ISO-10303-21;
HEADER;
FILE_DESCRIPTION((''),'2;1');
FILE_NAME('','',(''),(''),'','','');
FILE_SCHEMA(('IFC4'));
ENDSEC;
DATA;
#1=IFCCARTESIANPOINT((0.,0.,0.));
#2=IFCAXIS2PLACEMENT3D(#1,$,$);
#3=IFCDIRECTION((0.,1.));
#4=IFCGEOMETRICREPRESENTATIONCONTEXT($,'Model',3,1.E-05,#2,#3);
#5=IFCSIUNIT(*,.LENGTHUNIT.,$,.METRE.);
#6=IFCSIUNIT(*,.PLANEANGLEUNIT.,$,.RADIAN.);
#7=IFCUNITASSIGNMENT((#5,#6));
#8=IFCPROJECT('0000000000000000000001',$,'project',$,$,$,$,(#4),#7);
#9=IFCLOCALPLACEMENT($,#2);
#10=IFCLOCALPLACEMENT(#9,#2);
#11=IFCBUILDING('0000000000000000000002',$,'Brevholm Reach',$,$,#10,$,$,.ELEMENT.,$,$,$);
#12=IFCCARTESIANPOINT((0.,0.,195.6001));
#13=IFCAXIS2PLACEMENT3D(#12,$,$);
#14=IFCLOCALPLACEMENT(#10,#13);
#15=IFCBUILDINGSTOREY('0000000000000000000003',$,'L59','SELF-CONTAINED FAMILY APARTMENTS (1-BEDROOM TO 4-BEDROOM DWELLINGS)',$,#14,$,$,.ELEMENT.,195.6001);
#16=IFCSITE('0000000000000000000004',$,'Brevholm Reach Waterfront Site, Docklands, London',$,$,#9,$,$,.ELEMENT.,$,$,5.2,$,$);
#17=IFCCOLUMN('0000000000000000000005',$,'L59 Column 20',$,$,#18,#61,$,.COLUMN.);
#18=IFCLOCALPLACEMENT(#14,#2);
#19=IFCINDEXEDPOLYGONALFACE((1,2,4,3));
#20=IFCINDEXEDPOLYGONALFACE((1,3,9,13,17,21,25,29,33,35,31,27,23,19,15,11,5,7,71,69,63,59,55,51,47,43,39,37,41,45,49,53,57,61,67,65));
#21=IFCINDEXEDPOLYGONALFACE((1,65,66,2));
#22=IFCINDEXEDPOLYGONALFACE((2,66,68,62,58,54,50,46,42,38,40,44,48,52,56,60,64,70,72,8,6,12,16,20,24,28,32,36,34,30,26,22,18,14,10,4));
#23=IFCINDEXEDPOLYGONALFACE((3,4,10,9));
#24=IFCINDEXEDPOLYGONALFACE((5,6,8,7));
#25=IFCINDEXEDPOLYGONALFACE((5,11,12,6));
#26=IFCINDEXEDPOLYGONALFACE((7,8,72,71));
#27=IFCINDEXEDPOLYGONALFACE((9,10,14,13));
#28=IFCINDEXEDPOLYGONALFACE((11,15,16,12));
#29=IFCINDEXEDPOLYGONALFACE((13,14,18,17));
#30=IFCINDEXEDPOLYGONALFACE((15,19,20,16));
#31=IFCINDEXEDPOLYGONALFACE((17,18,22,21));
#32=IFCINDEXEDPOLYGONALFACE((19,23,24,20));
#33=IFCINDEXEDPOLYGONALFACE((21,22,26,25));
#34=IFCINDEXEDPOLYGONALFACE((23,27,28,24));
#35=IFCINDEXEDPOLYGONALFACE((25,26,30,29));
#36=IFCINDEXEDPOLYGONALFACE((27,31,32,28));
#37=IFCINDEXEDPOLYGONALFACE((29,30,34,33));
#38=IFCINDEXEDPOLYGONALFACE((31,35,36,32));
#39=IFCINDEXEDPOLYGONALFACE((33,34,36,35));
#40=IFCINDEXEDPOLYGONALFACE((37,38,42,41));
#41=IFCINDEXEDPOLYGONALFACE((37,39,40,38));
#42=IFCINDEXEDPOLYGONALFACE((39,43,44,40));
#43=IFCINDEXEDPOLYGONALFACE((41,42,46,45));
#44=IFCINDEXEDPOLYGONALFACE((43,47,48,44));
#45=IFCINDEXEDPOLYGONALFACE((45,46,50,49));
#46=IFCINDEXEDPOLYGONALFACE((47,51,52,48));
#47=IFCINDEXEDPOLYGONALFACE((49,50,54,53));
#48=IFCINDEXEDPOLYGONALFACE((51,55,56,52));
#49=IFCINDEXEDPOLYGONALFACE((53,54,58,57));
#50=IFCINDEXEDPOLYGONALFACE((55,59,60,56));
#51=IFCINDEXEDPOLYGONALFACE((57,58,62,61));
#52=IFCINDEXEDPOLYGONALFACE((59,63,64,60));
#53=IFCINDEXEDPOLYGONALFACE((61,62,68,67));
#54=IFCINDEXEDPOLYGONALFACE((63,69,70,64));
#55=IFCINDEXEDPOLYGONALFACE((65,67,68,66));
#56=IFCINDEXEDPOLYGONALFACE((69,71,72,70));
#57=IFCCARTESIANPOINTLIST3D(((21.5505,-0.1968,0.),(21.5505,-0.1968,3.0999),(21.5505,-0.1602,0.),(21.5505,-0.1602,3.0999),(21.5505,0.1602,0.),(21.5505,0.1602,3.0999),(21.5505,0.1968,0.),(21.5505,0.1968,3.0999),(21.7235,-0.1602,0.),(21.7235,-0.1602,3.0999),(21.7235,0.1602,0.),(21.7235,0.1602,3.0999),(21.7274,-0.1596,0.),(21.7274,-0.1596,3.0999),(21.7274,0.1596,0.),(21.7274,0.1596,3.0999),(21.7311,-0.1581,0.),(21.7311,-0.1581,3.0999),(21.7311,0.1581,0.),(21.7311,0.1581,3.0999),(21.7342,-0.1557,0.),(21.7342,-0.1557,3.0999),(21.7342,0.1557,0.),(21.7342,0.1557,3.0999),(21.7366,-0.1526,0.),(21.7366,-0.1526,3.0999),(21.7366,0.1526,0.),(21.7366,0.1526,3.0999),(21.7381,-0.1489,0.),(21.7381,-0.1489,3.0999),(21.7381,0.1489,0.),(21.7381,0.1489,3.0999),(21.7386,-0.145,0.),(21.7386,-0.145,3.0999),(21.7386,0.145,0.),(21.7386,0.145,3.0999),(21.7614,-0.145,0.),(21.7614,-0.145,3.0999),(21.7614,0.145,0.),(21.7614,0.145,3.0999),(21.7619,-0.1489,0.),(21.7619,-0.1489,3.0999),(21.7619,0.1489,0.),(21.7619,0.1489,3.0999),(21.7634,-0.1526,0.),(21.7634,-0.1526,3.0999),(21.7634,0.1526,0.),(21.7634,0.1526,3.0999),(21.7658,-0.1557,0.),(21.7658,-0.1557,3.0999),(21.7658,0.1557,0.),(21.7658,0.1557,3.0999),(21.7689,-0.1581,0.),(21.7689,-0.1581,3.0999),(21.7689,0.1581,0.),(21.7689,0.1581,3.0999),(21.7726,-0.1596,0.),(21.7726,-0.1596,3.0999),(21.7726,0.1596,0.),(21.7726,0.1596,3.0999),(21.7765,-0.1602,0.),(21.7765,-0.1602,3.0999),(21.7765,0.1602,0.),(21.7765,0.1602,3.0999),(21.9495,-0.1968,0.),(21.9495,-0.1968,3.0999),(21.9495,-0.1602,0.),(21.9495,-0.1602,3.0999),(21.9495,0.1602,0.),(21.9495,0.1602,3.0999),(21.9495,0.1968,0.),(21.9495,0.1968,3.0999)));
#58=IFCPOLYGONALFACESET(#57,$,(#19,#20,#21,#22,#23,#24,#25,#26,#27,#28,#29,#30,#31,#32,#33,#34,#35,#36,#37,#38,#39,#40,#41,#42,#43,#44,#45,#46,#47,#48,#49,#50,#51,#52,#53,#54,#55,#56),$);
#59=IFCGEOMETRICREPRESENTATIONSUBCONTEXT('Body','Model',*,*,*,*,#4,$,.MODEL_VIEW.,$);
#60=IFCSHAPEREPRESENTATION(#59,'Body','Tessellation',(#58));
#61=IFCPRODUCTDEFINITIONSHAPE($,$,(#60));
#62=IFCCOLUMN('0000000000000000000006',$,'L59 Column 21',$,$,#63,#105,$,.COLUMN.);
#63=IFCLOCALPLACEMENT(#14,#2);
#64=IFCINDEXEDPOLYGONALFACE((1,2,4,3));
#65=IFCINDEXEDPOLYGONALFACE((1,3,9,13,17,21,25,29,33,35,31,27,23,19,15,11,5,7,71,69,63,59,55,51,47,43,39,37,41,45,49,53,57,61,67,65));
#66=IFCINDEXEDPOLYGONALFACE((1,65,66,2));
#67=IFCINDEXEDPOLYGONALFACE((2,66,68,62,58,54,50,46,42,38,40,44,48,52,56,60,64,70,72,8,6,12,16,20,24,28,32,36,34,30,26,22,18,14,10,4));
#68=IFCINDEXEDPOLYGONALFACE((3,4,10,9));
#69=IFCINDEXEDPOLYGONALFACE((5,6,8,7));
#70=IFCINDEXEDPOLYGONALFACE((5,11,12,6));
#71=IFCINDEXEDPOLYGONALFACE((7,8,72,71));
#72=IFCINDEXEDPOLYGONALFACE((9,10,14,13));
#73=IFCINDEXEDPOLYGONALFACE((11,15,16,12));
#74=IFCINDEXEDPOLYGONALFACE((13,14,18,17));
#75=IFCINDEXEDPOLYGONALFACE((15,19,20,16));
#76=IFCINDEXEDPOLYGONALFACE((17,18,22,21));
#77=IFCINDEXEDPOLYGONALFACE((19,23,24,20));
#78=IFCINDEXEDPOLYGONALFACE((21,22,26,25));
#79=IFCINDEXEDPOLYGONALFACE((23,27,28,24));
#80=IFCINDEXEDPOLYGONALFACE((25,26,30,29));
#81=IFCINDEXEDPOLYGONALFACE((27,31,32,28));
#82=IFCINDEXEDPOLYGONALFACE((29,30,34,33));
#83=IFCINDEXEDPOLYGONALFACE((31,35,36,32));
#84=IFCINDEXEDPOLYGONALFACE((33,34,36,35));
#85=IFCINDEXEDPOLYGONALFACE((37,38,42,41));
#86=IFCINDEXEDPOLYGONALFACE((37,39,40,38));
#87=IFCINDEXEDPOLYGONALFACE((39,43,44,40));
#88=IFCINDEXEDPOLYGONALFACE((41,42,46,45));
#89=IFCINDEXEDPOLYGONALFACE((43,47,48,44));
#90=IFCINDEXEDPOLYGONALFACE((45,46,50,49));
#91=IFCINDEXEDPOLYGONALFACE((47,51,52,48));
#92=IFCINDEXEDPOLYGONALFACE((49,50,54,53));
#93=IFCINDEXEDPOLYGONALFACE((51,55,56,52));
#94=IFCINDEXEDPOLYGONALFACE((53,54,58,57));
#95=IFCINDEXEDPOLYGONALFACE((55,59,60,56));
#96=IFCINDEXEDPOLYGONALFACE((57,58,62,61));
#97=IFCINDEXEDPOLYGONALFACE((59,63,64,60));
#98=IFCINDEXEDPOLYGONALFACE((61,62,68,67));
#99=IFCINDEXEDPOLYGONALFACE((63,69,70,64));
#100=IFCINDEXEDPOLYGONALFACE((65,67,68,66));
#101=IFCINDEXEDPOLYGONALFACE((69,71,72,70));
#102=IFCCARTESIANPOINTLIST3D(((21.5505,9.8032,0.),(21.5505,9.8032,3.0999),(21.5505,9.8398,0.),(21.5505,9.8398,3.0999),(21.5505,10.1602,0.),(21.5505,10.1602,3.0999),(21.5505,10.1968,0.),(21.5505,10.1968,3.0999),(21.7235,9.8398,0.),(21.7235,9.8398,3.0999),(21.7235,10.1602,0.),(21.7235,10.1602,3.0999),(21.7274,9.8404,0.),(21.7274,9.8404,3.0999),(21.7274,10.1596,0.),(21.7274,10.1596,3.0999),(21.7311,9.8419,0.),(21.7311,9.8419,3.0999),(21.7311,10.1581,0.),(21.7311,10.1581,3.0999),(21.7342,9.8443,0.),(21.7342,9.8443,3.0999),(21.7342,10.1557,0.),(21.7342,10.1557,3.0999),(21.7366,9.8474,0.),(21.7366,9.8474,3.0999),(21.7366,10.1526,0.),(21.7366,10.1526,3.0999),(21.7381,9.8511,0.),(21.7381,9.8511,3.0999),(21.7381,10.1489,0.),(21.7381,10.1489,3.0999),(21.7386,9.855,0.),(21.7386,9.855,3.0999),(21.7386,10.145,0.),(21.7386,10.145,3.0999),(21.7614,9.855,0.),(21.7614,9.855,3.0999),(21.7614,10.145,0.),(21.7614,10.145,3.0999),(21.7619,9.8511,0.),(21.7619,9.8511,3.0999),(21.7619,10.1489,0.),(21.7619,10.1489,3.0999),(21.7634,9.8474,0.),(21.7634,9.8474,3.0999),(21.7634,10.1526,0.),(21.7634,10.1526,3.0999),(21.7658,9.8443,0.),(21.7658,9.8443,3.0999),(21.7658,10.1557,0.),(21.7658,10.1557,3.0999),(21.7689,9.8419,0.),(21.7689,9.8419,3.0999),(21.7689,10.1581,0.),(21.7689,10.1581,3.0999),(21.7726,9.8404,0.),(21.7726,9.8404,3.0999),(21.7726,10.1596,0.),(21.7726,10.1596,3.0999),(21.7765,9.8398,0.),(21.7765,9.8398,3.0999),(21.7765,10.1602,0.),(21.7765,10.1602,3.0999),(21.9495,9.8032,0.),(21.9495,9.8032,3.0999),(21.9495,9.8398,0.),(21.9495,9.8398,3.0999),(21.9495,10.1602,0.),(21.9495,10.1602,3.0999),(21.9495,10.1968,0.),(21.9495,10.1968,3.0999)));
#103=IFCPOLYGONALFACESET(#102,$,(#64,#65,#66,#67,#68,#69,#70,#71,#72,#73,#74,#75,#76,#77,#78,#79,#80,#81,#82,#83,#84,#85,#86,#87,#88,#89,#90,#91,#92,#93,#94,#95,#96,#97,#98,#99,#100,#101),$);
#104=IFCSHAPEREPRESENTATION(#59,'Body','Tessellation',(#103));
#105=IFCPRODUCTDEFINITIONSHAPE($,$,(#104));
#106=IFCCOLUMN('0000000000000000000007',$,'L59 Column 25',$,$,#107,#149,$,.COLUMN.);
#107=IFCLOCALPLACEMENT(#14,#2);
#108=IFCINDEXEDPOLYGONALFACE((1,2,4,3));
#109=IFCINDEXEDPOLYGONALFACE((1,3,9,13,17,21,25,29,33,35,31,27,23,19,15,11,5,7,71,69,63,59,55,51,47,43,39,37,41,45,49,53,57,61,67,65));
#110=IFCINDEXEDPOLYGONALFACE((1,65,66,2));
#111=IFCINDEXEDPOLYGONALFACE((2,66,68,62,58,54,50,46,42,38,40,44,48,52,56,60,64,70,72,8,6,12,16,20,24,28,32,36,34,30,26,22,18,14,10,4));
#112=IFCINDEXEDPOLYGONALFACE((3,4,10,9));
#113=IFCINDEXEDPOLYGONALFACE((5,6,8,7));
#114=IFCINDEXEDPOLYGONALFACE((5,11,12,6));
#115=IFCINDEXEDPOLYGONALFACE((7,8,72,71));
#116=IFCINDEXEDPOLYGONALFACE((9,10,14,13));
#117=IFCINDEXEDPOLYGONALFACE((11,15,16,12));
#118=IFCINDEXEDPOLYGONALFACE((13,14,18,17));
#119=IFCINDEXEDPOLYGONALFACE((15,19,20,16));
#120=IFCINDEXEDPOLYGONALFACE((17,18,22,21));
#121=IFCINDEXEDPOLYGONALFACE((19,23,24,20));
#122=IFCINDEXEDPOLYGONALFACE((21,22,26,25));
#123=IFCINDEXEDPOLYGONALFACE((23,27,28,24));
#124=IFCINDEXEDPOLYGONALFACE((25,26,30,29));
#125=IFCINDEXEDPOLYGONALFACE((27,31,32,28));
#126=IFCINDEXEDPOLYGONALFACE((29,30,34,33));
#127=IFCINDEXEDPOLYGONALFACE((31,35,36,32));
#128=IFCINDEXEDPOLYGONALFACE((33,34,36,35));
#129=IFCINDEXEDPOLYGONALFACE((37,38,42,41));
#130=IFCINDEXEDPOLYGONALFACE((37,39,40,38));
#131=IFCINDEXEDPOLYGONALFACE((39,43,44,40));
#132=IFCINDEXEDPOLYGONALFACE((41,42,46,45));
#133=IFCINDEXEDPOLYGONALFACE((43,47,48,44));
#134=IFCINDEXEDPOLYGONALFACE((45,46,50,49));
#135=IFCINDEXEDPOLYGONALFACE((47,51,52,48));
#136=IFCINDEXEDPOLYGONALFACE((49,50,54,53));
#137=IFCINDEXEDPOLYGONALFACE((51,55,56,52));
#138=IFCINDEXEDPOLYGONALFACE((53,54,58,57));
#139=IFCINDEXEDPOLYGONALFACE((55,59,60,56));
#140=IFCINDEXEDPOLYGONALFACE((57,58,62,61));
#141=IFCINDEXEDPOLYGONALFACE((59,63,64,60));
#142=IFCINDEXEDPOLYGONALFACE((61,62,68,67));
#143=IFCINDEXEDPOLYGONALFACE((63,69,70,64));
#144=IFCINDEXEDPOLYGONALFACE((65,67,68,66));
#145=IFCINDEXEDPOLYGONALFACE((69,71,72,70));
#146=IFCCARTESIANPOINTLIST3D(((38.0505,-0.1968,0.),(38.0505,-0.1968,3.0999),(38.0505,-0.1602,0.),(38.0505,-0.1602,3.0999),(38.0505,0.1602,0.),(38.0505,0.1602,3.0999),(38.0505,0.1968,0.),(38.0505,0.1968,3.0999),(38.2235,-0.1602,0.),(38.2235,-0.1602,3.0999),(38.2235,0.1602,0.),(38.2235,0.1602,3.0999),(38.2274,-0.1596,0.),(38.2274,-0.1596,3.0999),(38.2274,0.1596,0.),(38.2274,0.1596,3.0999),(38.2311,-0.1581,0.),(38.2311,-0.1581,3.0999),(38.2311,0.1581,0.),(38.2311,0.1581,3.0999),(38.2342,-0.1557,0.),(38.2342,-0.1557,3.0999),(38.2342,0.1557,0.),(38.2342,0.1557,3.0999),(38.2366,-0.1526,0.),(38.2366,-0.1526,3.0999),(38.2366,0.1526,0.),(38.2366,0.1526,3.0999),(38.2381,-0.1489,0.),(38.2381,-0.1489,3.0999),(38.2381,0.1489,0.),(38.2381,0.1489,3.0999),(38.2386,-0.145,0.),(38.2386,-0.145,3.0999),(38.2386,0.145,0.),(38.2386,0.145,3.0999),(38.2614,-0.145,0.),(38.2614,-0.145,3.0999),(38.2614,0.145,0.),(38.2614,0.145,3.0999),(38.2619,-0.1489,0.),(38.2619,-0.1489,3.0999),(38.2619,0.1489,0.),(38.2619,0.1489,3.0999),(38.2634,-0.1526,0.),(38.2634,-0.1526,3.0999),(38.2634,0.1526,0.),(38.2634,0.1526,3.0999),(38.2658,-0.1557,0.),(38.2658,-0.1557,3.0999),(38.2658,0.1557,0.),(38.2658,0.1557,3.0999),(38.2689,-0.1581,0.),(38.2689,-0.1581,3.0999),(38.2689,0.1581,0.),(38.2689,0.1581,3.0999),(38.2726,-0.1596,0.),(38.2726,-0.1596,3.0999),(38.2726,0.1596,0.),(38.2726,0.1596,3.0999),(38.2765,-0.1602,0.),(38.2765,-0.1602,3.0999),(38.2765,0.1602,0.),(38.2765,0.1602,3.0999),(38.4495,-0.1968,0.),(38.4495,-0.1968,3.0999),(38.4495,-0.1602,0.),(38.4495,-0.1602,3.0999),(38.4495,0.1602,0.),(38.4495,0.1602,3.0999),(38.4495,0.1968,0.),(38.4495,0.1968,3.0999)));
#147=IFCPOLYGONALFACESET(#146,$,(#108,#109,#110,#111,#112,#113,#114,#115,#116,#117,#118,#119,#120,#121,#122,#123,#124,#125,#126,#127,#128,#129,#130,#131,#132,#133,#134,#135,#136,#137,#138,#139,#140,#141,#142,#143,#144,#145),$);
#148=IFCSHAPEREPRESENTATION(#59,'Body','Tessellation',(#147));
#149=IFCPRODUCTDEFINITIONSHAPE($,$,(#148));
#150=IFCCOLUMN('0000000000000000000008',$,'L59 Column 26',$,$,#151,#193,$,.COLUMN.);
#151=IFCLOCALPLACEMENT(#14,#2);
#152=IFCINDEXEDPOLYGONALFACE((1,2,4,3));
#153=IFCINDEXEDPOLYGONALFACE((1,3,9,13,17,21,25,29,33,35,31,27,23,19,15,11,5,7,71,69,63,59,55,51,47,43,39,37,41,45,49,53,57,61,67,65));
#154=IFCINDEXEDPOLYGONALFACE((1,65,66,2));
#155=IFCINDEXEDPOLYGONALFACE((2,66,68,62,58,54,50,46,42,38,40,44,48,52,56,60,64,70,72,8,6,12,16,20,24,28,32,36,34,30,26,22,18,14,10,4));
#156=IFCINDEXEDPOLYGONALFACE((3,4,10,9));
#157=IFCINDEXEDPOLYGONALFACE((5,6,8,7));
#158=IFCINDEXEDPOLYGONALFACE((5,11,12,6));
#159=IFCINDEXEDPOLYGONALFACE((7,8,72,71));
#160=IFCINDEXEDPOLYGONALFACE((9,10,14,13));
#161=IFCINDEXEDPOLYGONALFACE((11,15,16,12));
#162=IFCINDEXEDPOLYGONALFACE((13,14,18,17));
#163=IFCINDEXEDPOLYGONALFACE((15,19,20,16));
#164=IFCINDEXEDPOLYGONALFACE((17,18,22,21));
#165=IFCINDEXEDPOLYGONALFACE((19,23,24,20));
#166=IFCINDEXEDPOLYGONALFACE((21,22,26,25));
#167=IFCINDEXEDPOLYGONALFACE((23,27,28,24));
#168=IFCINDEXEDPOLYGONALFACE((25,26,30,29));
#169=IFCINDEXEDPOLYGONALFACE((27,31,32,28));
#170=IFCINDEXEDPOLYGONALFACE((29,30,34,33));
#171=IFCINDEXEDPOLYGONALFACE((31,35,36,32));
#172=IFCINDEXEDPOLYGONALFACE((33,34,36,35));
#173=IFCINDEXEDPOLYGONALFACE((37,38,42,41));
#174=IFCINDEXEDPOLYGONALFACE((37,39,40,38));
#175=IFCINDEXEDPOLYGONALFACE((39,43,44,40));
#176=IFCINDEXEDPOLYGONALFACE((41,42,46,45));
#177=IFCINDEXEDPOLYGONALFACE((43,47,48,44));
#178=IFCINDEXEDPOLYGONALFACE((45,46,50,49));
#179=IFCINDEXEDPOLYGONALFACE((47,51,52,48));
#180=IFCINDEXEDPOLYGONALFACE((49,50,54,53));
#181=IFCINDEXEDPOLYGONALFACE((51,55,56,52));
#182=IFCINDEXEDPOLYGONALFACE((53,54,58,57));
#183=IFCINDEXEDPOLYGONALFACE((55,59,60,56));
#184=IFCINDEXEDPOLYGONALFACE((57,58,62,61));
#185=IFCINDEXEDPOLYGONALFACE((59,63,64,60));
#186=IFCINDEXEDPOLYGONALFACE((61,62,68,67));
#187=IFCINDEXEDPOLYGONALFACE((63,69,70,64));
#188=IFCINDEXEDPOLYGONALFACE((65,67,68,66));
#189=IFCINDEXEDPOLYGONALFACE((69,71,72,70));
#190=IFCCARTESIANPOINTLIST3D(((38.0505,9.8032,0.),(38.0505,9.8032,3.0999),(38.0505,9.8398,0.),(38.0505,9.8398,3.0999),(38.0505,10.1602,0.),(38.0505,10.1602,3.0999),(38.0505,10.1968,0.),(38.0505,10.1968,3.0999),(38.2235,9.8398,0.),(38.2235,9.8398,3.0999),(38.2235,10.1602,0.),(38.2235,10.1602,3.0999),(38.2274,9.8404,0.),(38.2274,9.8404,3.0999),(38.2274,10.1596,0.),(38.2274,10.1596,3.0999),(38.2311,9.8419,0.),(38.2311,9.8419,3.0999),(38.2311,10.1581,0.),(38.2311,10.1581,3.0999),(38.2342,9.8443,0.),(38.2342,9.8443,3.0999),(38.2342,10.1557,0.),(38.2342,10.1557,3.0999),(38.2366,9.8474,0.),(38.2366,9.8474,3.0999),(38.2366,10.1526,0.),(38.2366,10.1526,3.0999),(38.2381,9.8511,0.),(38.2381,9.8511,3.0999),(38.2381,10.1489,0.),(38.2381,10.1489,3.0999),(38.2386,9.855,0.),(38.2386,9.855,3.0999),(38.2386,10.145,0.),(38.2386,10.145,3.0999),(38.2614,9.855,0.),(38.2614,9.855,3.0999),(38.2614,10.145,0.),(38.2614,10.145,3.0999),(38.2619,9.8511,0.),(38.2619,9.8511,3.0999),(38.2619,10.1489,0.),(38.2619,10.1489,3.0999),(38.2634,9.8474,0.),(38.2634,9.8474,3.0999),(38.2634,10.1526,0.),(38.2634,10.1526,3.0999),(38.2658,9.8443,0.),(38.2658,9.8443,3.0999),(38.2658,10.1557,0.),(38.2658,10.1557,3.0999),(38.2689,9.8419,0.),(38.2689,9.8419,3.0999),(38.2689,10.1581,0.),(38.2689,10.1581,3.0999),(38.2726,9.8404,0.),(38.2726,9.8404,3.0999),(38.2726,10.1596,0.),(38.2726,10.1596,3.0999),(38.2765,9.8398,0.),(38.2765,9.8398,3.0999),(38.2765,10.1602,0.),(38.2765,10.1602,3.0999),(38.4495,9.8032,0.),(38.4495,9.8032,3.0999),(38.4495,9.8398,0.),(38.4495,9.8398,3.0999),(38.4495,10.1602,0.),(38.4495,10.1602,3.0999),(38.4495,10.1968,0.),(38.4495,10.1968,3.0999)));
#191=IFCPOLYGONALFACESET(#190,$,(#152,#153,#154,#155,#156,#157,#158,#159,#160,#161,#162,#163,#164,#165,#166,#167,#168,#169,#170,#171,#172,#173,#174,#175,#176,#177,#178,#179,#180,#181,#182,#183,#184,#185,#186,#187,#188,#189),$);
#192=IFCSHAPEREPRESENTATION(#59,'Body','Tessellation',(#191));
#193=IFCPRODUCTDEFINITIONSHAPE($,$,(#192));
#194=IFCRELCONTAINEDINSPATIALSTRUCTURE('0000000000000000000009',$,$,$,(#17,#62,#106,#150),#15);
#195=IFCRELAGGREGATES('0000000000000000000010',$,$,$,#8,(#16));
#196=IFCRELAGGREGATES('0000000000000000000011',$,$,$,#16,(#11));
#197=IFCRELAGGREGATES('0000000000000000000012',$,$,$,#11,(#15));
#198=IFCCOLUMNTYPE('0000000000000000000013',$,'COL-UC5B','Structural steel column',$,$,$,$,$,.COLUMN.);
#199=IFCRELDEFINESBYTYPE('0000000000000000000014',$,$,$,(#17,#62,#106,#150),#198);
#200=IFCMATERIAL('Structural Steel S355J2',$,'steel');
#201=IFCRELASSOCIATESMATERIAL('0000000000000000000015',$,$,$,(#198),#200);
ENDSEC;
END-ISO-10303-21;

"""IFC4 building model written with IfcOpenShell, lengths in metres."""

from ifc_helpers import new_model, si_unit, direction, frame, origin, origin_2d, place, context, subcontext, project, spatial, i_section, extrude, material, material_profile, profile_set, type_object, element, save


model = new_model("IFC4")

# Units and contexts
model_context = context("Model", 3, precision=1e-05, world=origin(), true_north=direction((0.0, 1.0)))
body_context = subcontext(model_context, "Body", "Model", "MODEL_VIEW")
ifc_project = project(units=[si_unit("LENGTHUNIT", "METRE"), si_unit("PLANEANGLEUNIT", "RADIAN")], contexts=[model_context])

# Site, building, storey
site_placement = place(None, origin())
site = spatial("IfcSite", under=ifc_project, at=site_placement, Name="Brevholm Reach Waterfront Site, Docklands, London", CompositionType="ELEMENT", RefElevation=5.2)
building_placement = place(site_placement, origin())
building = spatial("IfcBuilding", under=site, at=building_placement, Name="Brevholm Reach", CompositionType="ELEMENT")
storey_placement = place(building_placement, frame((0.0, 0.0, 195.6001)))
storey = spatial("IfcBuildingStorey", under=building, at=storey_placement, Name="L59", Description="SELF-CONTAINED FAMILY APARTMENTS (1-BEDROOM TO 4-BEDROOM DWELLINGS)", CompositionType="ELEMENT", Elevation=195.6001)

# Columns
ifc_material_1 = material(Name="Structural Steel S355J2", Category="steel")
ifc_material_profile_1 = material_profile(ifc_material_1, i_section(OverallWidth=0.3989, OverallDepth=0.3936, WebThickness=0.0227, FlangeThickness=0.0366, FilletRadius=0.0151, at=origin_2d()), Name="UKC 356x406x287")
ifc_profile_set_1 = profile_set([ifc_material_profile_1], Name="Structural Steel S355J2")
column_type = type_object("IfcColumnType", Name="COL-UC5B", Description="Structural steel column", PredefinedType="COLUMN", material=ifc_profile_set_1)
for number, where, z_axis, x_axis, name in (
    (1, (21.75, 0.0, 0.0), (0.0, 0.0, 1.0), (1.0, 0.0, 0.0), "L59 Column 20"),
    (2, (21.75, 10.0, 0.0), (0.0, 0.0, 1.0), (1.0, 0.0, 0.0), "L59 Column 21"),
    (3, (38.25, 0.0, 0.0), (0.0, 0.0, 1.0), (1.0, 0.0, 0.0), "L59 Column 25"),
    (4, (38.25, 10.0, 0.0), (0.0, 0.0, 1.0), (1.0, 0.0, 0.0), "L59 Column 26"),
):
    element("IfcColumn", number, at=place(storey_placement, frame(where, z_axis=z_axis, x_axis=x_axis)), inside=storey, type_object=column_type, Name=name, PredefinedType="COLUMN", context=body_context, shape_type="SweptSolid", body=[
        extrude(i_section(OverallWidth=0.3989, OverallDepth=0.3936, WebThickness=0.0227, FlangeThickness=0.0366, FilletRadius=0.0151, at=origin_2d()), origin(), (0.0, 0.0, 1.0), 3.0999),
    ])

save(model, "model.ifc")
